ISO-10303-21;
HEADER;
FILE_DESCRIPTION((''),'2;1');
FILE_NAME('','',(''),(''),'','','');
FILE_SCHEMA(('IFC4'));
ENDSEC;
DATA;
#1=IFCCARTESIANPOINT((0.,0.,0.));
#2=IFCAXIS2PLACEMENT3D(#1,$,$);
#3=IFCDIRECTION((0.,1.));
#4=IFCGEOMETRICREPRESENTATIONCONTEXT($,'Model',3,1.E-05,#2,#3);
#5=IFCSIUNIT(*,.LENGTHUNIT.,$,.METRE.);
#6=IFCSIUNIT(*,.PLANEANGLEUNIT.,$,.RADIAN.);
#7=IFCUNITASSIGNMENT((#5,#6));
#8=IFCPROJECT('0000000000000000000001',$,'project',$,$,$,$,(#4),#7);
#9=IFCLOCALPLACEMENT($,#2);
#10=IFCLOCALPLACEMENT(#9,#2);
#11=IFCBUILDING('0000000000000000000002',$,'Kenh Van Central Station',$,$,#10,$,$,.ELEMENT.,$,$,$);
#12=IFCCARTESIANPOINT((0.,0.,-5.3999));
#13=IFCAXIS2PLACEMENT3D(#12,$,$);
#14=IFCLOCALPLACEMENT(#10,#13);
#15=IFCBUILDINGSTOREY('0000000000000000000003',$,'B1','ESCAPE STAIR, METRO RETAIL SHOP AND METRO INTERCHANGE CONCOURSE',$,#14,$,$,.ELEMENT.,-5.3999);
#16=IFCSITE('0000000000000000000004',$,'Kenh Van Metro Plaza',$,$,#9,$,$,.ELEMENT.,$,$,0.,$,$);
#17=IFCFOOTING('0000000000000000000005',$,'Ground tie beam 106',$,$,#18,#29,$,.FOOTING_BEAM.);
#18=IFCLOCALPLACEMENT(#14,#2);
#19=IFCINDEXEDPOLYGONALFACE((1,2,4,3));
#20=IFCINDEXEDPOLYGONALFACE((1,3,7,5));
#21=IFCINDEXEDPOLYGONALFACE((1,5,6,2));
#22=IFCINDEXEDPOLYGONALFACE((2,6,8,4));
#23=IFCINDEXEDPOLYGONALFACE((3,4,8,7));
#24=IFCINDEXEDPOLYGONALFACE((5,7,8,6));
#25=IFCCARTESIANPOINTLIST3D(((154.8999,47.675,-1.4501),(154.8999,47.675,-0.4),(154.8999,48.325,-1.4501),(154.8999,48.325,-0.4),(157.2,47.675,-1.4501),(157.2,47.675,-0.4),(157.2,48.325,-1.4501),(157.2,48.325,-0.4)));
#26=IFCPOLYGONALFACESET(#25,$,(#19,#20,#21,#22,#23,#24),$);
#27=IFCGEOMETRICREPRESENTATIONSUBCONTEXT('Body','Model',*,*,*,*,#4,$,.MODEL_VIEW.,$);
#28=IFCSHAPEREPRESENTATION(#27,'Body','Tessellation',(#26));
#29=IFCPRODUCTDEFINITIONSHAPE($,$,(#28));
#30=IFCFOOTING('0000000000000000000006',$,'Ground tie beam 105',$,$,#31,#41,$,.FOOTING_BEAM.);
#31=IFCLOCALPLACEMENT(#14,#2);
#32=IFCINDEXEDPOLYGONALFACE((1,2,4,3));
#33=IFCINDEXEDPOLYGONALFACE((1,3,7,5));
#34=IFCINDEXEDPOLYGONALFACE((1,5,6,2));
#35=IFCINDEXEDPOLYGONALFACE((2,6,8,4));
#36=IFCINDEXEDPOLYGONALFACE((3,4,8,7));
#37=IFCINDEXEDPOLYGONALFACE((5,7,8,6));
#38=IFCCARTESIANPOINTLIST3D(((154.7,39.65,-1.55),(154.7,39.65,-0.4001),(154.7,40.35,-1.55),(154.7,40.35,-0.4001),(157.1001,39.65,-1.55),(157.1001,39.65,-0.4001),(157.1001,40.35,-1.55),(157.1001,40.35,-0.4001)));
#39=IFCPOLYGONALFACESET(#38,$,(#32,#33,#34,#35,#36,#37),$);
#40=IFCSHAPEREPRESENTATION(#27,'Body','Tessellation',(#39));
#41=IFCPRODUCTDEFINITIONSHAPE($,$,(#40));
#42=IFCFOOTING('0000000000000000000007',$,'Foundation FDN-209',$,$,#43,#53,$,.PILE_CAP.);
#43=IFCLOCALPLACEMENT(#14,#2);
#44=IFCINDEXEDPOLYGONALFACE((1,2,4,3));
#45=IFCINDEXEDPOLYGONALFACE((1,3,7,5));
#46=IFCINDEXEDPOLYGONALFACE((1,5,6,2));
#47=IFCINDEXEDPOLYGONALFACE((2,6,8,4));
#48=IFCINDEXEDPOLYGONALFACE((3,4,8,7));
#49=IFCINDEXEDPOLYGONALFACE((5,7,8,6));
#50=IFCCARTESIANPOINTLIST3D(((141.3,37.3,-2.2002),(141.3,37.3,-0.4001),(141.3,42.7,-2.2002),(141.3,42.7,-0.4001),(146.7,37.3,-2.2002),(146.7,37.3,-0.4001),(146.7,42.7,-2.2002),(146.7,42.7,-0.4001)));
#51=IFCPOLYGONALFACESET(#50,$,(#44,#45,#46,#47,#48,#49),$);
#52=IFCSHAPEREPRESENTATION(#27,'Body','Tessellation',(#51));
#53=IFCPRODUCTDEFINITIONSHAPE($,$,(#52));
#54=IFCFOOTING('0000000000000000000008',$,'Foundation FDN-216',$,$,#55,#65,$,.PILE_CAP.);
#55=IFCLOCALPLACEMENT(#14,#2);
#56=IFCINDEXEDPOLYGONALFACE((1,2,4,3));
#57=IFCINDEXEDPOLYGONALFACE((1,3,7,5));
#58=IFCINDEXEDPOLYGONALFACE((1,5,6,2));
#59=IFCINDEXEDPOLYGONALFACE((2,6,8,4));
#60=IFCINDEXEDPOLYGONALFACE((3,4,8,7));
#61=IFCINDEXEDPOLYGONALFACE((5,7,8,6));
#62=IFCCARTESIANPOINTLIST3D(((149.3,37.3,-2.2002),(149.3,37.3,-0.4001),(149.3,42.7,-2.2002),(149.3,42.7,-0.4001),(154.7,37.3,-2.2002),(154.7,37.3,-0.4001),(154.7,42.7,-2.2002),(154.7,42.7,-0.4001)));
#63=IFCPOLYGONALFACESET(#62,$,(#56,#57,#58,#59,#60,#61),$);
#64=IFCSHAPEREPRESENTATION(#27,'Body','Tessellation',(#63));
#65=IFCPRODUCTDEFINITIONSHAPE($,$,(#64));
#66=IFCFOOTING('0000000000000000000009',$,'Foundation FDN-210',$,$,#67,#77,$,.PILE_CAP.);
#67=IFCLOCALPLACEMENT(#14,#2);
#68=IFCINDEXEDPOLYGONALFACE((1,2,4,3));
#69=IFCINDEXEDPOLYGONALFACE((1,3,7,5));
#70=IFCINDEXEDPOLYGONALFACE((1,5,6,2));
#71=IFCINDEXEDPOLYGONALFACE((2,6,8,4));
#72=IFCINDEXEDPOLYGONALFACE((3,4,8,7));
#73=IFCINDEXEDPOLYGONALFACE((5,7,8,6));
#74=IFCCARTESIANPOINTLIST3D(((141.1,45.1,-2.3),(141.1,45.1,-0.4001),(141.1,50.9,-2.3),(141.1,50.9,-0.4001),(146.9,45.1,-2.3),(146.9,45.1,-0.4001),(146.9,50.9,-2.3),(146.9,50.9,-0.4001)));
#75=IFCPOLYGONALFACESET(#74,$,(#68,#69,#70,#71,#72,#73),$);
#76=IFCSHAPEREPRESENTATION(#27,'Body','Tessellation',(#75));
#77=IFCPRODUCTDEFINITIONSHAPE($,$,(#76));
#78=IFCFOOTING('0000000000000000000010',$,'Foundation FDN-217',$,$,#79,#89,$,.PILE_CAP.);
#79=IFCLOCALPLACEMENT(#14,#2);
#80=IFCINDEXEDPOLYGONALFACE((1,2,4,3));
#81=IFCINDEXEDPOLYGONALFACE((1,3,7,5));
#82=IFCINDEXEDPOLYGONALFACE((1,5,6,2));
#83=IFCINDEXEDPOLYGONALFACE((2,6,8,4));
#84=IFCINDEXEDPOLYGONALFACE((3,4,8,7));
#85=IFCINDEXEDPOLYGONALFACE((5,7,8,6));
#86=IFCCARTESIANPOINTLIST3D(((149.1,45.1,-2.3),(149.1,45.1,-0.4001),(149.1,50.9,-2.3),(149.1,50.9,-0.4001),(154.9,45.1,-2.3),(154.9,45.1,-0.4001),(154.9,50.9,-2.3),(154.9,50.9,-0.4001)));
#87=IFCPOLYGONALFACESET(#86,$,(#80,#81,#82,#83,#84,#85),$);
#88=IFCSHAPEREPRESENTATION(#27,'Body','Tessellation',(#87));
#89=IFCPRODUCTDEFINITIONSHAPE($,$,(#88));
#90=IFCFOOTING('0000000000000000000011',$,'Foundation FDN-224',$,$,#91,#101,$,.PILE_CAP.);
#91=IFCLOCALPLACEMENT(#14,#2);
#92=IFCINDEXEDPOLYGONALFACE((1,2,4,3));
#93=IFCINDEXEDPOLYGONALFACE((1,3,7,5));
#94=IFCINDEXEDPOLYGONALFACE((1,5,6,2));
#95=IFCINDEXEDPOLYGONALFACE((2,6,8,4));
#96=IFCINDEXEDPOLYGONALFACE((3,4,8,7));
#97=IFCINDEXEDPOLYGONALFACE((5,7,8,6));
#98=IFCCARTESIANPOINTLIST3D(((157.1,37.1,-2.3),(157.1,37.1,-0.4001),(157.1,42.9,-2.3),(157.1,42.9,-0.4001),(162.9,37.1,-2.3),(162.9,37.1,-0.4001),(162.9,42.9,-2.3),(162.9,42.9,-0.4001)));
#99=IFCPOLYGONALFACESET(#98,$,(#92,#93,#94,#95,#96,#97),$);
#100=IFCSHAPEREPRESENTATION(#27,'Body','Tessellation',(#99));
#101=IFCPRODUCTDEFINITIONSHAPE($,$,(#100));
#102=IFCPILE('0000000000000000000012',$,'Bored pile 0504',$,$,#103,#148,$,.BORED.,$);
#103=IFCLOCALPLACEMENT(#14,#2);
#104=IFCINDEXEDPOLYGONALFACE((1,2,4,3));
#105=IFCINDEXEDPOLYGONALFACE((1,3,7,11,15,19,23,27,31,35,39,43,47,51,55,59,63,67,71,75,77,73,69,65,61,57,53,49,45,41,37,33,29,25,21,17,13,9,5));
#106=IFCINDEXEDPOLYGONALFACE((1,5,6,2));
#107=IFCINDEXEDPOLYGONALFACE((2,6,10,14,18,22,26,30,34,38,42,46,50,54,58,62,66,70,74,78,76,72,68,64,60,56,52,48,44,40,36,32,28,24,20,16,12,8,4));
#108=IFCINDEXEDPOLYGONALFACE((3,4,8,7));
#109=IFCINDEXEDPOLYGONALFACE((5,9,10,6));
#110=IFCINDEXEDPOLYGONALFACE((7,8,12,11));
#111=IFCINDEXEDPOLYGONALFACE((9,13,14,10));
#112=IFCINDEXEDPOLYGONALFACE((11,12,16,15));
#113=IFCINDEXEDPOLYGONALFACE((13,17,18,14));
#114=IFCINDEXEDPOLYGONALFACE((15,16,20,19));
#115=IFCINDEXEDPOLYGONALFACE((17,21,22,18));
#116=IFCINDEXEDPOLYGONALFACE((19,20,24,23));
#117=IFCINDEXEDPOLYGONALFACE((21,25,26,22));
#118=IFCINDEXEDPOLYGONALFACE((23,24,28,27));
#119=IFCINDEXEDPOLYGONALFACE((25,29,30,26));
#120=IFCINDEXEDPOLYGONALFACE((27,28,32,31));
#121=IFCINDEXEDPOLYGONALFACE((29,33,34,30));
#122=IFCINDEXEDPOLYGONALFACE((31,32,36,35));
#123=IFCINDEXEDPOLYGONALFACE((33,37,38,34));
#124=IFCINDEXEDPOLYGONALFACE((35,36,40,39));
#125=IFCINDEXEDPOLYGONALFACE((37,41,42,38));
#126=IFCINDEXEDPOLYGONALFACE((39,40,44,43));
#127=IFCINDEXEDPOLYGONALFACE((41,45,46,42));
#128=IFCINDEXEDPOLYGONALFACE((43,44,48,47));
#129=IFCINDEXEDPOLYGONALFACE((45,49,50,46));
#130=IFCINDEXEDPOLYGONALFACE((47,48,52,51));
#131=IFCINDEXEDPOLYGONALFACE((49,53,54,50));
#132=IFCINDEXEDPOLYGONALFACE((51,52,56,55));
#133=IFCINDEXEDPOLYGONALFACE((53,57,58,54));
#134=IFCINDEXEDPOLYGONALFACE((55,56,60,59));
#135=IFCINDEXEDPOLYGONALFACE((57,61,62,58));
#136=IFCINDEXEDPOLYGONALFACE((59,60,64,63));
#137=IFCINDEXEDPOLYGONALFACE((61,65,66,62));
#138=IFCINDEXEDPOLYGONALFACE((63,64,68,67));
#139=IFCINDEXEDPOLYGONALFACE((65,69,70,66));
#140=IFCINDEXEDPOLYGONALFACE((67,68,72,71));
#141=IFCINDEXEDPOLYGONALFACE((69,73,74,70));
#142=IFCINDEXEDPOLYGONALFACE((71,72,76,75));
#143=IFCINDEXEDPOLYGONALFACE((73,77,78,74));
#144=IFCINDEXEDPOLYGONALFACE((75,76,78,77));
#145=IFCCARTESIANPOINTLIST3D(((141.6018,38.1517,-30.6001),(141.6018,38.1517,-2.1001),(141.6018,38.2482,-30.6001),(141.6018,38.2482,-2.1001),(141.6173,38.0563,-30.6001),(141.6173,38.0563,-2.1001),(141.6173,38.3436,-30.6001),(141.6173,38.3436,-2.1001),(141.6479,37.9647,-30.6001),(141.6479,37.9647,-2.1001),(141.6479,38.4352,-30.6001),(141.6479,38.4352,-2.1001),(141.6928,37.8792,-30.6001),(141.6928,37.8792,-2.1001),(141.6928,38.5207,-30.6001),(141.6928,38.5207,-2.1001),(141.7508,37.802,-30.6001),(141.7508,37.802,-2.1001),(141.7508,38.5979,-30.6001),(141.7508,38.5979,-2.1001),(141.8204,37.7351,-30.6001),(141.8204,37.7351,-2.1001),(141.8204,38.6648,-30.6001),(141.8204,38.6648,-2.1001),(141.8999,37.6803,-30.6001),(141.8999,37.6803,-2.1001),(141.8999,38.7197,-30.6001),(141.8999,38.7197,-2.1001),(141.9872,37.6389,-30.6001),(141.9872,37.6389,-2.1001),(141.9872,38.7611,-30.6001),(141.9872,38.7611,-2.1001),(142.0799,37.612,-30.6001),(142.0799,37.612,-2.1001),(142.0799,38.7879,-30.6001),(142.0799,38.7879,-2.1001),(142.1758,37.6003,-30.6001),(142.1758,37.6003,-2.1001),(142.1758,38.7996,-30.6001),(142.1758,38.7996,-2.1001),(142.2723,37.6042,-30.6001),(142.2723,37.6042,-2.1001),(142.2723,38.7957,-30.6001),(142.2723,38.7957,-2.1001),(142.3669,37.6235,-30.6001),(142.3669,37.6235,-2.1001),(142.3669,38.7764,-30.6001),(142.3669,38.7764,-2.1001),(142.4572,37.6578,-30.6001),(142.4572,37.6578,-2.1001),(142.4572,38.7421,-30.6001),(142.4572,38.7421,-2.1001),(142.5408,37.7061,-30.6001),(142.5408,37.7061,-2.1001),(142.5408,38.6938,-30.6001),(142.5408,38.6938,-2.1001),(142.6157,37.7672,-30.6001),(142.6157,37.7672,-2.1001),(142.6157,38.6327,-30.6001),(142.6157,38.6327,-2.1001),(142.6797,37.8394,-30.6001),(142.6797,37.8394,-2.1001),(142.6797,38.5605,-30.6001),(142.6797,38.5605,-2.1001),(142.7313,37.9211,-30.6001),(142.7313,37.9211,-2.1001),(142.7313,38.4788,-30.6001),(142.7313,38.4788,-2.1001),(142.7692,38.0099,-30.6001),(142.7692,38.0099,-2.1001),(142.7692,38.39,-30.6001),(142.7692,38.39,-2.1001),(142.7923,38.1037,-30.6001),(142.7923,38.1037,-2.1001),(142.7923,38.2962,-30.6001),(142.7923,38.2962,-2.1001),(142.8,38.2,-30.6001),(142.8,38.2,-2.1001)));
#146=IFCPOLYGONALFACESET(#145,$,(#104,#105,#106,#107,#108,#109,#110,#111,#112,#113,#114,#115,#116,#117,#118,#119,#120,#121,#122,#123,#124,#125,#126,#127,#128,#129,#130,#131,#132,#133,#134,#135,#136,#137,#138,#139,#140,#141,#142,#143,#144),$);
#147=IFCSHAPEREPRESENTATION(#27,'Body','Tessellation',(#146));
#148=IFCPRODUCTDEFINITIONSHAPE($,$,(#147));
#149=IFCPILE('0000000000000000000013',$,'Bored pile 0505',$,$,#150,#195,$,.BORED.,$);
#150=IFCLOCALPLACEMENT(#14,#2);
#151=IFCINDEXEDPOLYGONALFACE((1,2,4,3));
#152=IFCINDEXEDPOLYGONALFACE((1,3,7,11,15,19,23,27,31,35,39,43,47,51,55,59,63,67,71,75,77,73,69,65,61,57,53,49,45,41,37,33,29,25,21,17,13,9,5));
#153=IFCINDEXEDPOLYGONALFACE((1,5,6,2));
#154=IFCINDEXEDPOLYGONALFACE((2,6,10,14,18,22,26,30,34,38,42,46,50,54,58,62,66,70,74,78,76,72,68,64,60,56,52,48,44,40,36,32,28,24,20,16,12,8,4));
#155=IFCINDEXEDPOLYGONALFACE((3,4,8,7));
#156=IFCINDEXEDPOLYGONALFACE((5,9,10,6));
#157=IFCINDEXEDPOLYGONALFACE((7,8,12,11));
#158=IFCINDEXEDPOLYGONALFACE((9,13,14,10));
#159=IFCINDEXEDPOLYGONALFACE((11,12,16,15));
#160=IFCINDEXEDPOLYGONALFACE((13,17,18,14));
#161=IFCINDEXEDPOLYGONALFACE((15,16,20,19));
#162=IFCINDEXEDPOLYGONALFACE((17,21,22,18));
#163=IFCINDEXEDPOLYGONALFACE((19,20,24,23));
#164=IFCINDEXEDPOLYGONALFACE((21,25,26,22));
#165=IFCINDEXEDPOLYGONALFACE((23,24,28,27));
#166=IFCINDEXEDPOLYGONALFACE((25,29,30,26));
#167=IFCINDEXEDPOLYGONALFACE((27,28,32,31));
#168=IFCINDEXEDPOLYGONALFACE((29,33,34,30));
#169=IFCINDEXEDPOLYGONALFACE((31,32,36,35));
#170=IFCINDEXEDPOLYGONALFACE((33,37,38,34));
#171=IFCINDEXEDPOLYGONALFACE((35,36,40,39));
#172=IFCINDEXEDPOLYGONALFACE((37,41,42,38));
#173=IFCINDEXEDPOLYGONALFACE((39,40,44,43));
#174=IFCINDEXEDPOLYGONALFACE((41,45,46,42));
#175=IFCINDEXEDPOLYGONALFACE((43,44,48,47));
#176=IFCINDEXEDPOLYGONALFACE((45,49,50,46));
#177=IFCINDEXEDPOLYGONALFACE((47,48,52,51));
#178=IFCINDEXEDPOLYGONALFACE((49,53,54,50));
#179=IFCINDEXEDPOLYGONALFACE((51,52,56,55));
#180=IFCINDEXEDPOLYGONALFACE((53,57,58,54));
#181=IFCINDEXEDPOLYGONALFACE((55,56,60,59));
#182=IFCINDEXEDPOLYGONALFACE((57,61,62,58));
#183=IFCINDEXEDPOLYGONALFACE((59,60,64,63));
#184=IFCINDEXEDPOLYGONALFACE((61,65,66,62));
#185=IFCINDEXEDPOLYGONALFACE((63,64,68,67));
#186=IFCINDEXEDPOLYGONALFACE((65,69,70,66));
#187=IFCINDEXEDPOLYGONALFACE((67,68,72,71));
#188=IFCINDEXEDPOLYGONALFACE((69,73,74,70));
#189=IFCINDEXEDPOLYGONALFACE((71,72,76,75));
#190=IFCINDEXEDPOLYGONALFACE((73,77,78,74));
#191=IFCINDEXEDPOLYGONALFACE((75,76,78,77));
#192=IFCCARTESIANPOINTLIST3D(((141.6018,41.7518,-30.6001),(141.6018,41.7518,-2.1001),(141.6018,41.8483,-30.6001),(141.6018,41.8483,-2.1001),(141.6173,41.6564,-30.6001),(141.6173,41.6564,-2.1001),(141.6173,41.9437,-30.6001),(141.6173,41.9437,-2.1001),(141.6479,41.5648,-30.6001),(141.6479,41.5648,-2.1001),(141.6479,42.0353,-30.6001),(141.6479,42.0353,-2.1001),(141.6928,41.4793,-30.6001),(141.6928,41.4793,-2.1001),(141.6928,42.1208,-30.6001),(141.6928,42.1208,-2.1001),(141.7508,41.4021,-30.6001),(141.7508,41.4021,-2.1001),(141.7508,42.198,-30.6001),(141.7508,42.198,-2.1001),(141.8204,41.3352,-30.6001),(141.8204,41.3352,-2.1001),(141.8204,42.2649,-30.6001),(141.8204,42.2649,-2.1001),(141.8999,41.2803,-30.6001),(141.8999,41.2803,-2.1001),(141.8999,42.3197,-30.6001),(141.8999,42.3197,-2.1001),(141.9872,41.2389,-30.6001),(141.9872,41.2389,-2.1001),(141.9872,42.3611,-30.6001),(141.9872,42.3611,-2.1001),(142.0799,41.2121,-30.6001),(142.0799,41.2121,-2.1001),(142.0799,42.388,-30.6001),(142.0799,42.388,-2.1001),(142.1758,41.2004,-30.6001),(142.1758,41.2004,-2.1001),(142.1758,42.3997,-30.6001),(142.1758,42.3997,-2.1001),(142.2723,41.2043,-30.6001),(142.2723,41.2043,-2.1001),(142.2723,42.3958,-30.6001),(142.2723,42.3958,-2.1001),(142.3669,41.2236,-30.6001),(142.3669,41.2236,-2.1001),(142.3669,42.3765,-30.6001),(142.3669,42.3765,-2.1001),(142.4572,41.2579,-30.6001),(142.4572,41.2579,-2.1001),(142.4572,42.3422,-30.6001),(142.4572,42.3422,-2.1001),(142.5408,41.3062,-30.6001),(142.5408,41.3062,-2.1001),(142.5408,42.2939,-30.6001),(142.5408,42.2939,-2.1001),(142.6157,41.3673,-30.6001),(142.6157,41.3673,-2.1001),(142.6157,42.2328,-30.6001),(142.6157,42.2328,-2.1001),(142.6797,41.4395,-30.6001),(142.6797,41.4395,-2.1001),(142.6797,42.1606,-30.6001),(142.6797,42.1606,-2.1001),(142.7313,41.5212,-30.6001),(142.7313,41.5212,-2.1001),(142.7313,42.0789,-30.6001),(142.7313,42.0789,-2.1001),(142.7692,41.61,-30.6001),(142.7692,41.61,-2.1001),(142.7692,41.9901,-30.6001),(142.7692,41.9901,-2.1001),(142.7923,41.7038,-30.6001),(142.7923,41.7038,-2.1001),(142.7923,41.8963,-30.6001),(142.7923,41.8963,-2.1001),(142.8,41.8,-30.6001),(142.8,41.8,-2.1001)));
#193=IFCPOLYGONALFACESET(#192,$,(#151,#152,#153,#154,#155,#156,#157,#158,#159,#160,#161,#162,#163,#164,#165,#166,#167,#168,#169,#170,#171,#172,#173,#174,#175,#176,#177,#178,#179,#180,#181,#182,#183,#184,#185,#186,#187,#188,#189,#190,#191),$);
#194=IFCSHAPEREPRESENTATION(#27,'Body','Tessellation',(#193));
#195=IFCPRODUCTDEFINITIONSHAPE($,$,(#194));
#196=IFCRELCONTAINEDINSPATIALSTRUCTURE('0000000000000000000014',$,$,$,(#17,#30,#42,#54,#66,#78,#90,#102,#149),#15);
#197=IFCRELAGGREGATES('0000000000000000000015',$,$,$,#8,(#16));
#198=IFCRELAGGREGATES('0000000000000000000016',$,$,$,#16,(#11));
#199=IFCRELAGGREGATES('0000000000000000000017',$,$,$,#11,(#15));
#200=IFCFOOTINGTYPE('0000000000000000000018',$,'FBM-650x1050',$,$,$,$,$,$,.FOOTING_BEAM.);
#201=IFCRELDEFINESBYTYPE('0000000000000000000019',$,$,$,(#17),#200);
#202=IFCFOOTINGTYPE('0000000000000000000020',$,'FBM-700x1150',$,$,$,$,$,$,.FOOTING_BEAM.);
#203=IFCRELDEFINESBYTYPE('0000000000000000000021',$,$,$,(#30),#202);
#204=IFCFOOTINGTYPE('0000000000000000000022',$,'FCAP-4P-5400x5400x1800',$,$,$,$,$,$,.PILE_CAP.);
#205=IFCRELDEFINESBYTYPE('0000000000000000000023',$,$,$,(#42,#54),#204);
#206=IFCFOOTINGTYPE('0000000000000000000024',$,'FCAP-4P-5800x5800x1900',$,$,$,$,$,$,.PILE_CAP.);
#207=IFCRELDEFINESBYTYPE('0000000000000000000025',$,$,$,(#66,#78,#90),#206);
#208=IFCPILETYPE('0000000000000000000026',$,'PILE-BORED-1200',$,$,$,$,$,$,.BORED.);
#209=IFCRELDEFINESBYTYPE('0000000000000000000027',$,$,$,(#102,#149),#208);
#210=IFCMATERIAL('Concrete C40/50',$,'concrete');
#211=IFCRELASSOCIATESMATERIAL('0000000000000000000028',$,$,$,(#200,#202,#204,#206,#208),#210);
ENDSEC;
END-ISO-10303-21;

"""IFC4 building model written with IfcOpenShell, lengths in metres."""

from ifc_helpers import new_model, si_unit, direction, frame, origin, origin_2d, place, context, subcontext, project, spatial, rectangle, circle, extrude, material, material_profile, profile_set, type_object, element, save


model = new_model("IFC4")

# Units and contexts
model_context = context("Model", 3, precision=1e-05, world=origin(), true_north=direction((0.0, 1.0)))
body_context = subcontext(model_context, "Body", "Model", "MODEL_VIEW")
ifc_project = project(units=[si_unit("LENGTHUNIT", "METRE"), si_unit("PLANEANGLEUNIT", "RADIAN")], contexts=[model_context])

# Site, building, storey
site_placement = place(None, origin())
site = spatial("IfcSite", under=ifc_project, at=site_placement, Name="Kenh Van Metro Plaza", CompositionType="ELEMENT", RefElevation=0.0)
building_placement = place(site_placement, origin())
building = spatial("IfcBuilding", under=site, at=building_placement, Name="Kenh Van Central Station", CompositionType="ELEMENT")
storey_placement = place(building_placement, frame((0.0, 0.0, -5.3999)))
storey = spatial("IfcBuildingStorey", under=building, at=storey_placement, Name="B1", Description="ESCAPE STAIR, METRO RETAIL SHOP AND METRO INTERCHANGE CONCOURSE", CompositionType="ELEMENT", Elevation=-5.3999)

# Footings
ifc_material_1 = material(Name="Concrete C40/50", Category="concrete")
ifc_material_profile_1 = material_profile(ifc_material_1, rectangle(XDim=0.6499, YDim=1.05, at=origin_2d()), Name="RC 650x1050")
ifc_profile_set_1 = profile_set([ifc_material_profile_1], Name="Concrete C40/50")
footing_type_1 = type_object("IfcFootingType", Name="FBM-650x1050", PredefinedType="FOOTING_BEAM", material=ifc_profile_set_1)
footing_1_placement = place(storey_placement, frame((154.8999, 48.0, -0.925), z_axis=(1.0, 0.0, 0.0), x_axis=(0.0, 1.0, 0.0)))
element("IfcFooting", 1, at=footing_1_placement, inside=storey, type_object=footing_type_1, Name="Ground tie beam 106", PredefinedType="FOOTING_BEAM", context=body_context, shape_type="SweptSolid", body=[
    extrude(rectangle(XDim=0.6499, YDim=1.05, at=origin_2d()), origin(), (0.0, 0.0, 1.0), 2.3),
])
ifc_material_profile_2 = material_profile(ifc_material_1, rectangle(XDim=0.7, YDim=1.1499, at=origin_2d()), Name="RC 700x1150")
ifc_profile_set_2 = profile_set([ifc_material_profile_2], Name="Concrete C40/50")
footing_type_2 = type_object("IfcFootingType", Name="FBM-700x1150", PredefinedType="FOOTING_BEAM", material=ifc_profile_set_2)
footing_2_placement = place(storey_placement, frame((154.7, 40.0, -0.9751), z_axis=(1.0, 0.0, 0.0), x_axis=(0.0, 1.0, 0.0)))
element("IfcFooting", 2, at=footing_2_placement, inside=storey, type_object=footing_type_2, Name="Ground tie beam 105", PredefinedType="FOOTING_BEAM", context=body_context, shape_type="SweptSolid", body=[
    extrude(rectangle(XDim=0.7, YDim=1.1499, at=origin_2d()), origin(), (0.0, 0.0, 1.0), 2.4001),
])
footing_type_3 = type_object("IfcFootingType", Name="FCAP-4P-5400x5400x1800", PredefinedType="PILE_CAP", material=ifc_material_1)
for number, where, z_axis, x_axis, name in (
    (3, (144.0, 40.0, -2.2002), (0.0, 0.0, 1.0), (1.0, 0.0, 0.0), "Foundation FDN-209"),
    (4, (152.0, 40.0, -2.2002), (0.0, 0.0, 1.0), (1.0, 0.0, 0.0), "Foundation FDN-216"),
):
    element("IfcFooting", number, at=place(storey_placement, frame(where, z_axis=z_axis, x_axis=x_axis)), inside=storey, type_object=footing_type_3, Name=name, PredefinedType="PILE_CAP", context=body_context, shape_type="SweptSolid", body=[
        extrude(rectangle(XDim=5.3999, YDim=5.3999, at=origin_2d()), origin(), (0.0, 0.0, 1.0), 1.8),
    ])
footing_type_4 = type_object("IfcFootingType", Name="FCAP-4P-5800x5800x1900", PredefinedType="PILE_CAP", material=ifc_material_1)
for number, where, z_axis, x_axis, name in (
    (5, (144.0, 48.0, -2.3), (0.0, 0.0, 1.0), (1.0, 0.0, 0.0), "Foundation FDN-210"),
    (6, (152.0, 48.0, -2.3), (0.0, 0.0, 1.0), (1.0, 0.0, 0.0), "Foundation FDN-217"),
    (7, (160.0, 40.0, -2.3), (0.0, 0.0, 1.0), (1.0, 0.0, 0.0), "Foundation FDN-224"),
):
    element("IfcFooting", number, at=place(storey_placement, frame(where, z_axis=z_axis, x_axis=x_axis)), inside=storey, type_object=footing_type_4, Name=name, PredefinedType="PILE_CAP", context=body_context, shape_type="SweptSolid", body=[
        extrude(rectangle(XDim=5.8, YDim=5.8, at=origin_2d()), origin(), (0.0, 0.0, 1.0), 1.8999),
    ])

# Piles
ifc_material_profile_3 = material_profile(ifc_material_1, circle(Radius=0.6001, at=origin_2d()), Name="PILE D1200")
ifc_profile_set_3 = profile_set([ifc_material_profile_3], Name="Concrete C40/50")
pile_type = type_object("IfcPileType", Name="PILE-BORED-1200", PredefinedType="BORED", material=ifc_profile_set_3)
for number, where, z_axis, x_axis, name in (
    (8, (142.2, 38.2, -2.1001), (0.0, 0.0, -1.0), (1.0, 0.0, 0.0), "Bored pile 0504"),
    (9, (142.2, 41.8, -2.1001), (0.0, 0.0, -1.0), (1.0, 0.0, 0.0), "Bored pile 0505"),
):
    element("IfcPile", number, at=place(storey_placement, frame(where, z_axis=z_axis, x_axis=x_axis)), inside=storey, type_object=pile_type, Name=name, PredefinedType="BORED", context=body_context, shape_type="SweptSolid", body=[
        extrude(circle(Radius=0.6001, at=origin_2d()), origin(), (0.0, 0.0, 1.0), 28.5),
    ])

save(model, "model.ifc")
